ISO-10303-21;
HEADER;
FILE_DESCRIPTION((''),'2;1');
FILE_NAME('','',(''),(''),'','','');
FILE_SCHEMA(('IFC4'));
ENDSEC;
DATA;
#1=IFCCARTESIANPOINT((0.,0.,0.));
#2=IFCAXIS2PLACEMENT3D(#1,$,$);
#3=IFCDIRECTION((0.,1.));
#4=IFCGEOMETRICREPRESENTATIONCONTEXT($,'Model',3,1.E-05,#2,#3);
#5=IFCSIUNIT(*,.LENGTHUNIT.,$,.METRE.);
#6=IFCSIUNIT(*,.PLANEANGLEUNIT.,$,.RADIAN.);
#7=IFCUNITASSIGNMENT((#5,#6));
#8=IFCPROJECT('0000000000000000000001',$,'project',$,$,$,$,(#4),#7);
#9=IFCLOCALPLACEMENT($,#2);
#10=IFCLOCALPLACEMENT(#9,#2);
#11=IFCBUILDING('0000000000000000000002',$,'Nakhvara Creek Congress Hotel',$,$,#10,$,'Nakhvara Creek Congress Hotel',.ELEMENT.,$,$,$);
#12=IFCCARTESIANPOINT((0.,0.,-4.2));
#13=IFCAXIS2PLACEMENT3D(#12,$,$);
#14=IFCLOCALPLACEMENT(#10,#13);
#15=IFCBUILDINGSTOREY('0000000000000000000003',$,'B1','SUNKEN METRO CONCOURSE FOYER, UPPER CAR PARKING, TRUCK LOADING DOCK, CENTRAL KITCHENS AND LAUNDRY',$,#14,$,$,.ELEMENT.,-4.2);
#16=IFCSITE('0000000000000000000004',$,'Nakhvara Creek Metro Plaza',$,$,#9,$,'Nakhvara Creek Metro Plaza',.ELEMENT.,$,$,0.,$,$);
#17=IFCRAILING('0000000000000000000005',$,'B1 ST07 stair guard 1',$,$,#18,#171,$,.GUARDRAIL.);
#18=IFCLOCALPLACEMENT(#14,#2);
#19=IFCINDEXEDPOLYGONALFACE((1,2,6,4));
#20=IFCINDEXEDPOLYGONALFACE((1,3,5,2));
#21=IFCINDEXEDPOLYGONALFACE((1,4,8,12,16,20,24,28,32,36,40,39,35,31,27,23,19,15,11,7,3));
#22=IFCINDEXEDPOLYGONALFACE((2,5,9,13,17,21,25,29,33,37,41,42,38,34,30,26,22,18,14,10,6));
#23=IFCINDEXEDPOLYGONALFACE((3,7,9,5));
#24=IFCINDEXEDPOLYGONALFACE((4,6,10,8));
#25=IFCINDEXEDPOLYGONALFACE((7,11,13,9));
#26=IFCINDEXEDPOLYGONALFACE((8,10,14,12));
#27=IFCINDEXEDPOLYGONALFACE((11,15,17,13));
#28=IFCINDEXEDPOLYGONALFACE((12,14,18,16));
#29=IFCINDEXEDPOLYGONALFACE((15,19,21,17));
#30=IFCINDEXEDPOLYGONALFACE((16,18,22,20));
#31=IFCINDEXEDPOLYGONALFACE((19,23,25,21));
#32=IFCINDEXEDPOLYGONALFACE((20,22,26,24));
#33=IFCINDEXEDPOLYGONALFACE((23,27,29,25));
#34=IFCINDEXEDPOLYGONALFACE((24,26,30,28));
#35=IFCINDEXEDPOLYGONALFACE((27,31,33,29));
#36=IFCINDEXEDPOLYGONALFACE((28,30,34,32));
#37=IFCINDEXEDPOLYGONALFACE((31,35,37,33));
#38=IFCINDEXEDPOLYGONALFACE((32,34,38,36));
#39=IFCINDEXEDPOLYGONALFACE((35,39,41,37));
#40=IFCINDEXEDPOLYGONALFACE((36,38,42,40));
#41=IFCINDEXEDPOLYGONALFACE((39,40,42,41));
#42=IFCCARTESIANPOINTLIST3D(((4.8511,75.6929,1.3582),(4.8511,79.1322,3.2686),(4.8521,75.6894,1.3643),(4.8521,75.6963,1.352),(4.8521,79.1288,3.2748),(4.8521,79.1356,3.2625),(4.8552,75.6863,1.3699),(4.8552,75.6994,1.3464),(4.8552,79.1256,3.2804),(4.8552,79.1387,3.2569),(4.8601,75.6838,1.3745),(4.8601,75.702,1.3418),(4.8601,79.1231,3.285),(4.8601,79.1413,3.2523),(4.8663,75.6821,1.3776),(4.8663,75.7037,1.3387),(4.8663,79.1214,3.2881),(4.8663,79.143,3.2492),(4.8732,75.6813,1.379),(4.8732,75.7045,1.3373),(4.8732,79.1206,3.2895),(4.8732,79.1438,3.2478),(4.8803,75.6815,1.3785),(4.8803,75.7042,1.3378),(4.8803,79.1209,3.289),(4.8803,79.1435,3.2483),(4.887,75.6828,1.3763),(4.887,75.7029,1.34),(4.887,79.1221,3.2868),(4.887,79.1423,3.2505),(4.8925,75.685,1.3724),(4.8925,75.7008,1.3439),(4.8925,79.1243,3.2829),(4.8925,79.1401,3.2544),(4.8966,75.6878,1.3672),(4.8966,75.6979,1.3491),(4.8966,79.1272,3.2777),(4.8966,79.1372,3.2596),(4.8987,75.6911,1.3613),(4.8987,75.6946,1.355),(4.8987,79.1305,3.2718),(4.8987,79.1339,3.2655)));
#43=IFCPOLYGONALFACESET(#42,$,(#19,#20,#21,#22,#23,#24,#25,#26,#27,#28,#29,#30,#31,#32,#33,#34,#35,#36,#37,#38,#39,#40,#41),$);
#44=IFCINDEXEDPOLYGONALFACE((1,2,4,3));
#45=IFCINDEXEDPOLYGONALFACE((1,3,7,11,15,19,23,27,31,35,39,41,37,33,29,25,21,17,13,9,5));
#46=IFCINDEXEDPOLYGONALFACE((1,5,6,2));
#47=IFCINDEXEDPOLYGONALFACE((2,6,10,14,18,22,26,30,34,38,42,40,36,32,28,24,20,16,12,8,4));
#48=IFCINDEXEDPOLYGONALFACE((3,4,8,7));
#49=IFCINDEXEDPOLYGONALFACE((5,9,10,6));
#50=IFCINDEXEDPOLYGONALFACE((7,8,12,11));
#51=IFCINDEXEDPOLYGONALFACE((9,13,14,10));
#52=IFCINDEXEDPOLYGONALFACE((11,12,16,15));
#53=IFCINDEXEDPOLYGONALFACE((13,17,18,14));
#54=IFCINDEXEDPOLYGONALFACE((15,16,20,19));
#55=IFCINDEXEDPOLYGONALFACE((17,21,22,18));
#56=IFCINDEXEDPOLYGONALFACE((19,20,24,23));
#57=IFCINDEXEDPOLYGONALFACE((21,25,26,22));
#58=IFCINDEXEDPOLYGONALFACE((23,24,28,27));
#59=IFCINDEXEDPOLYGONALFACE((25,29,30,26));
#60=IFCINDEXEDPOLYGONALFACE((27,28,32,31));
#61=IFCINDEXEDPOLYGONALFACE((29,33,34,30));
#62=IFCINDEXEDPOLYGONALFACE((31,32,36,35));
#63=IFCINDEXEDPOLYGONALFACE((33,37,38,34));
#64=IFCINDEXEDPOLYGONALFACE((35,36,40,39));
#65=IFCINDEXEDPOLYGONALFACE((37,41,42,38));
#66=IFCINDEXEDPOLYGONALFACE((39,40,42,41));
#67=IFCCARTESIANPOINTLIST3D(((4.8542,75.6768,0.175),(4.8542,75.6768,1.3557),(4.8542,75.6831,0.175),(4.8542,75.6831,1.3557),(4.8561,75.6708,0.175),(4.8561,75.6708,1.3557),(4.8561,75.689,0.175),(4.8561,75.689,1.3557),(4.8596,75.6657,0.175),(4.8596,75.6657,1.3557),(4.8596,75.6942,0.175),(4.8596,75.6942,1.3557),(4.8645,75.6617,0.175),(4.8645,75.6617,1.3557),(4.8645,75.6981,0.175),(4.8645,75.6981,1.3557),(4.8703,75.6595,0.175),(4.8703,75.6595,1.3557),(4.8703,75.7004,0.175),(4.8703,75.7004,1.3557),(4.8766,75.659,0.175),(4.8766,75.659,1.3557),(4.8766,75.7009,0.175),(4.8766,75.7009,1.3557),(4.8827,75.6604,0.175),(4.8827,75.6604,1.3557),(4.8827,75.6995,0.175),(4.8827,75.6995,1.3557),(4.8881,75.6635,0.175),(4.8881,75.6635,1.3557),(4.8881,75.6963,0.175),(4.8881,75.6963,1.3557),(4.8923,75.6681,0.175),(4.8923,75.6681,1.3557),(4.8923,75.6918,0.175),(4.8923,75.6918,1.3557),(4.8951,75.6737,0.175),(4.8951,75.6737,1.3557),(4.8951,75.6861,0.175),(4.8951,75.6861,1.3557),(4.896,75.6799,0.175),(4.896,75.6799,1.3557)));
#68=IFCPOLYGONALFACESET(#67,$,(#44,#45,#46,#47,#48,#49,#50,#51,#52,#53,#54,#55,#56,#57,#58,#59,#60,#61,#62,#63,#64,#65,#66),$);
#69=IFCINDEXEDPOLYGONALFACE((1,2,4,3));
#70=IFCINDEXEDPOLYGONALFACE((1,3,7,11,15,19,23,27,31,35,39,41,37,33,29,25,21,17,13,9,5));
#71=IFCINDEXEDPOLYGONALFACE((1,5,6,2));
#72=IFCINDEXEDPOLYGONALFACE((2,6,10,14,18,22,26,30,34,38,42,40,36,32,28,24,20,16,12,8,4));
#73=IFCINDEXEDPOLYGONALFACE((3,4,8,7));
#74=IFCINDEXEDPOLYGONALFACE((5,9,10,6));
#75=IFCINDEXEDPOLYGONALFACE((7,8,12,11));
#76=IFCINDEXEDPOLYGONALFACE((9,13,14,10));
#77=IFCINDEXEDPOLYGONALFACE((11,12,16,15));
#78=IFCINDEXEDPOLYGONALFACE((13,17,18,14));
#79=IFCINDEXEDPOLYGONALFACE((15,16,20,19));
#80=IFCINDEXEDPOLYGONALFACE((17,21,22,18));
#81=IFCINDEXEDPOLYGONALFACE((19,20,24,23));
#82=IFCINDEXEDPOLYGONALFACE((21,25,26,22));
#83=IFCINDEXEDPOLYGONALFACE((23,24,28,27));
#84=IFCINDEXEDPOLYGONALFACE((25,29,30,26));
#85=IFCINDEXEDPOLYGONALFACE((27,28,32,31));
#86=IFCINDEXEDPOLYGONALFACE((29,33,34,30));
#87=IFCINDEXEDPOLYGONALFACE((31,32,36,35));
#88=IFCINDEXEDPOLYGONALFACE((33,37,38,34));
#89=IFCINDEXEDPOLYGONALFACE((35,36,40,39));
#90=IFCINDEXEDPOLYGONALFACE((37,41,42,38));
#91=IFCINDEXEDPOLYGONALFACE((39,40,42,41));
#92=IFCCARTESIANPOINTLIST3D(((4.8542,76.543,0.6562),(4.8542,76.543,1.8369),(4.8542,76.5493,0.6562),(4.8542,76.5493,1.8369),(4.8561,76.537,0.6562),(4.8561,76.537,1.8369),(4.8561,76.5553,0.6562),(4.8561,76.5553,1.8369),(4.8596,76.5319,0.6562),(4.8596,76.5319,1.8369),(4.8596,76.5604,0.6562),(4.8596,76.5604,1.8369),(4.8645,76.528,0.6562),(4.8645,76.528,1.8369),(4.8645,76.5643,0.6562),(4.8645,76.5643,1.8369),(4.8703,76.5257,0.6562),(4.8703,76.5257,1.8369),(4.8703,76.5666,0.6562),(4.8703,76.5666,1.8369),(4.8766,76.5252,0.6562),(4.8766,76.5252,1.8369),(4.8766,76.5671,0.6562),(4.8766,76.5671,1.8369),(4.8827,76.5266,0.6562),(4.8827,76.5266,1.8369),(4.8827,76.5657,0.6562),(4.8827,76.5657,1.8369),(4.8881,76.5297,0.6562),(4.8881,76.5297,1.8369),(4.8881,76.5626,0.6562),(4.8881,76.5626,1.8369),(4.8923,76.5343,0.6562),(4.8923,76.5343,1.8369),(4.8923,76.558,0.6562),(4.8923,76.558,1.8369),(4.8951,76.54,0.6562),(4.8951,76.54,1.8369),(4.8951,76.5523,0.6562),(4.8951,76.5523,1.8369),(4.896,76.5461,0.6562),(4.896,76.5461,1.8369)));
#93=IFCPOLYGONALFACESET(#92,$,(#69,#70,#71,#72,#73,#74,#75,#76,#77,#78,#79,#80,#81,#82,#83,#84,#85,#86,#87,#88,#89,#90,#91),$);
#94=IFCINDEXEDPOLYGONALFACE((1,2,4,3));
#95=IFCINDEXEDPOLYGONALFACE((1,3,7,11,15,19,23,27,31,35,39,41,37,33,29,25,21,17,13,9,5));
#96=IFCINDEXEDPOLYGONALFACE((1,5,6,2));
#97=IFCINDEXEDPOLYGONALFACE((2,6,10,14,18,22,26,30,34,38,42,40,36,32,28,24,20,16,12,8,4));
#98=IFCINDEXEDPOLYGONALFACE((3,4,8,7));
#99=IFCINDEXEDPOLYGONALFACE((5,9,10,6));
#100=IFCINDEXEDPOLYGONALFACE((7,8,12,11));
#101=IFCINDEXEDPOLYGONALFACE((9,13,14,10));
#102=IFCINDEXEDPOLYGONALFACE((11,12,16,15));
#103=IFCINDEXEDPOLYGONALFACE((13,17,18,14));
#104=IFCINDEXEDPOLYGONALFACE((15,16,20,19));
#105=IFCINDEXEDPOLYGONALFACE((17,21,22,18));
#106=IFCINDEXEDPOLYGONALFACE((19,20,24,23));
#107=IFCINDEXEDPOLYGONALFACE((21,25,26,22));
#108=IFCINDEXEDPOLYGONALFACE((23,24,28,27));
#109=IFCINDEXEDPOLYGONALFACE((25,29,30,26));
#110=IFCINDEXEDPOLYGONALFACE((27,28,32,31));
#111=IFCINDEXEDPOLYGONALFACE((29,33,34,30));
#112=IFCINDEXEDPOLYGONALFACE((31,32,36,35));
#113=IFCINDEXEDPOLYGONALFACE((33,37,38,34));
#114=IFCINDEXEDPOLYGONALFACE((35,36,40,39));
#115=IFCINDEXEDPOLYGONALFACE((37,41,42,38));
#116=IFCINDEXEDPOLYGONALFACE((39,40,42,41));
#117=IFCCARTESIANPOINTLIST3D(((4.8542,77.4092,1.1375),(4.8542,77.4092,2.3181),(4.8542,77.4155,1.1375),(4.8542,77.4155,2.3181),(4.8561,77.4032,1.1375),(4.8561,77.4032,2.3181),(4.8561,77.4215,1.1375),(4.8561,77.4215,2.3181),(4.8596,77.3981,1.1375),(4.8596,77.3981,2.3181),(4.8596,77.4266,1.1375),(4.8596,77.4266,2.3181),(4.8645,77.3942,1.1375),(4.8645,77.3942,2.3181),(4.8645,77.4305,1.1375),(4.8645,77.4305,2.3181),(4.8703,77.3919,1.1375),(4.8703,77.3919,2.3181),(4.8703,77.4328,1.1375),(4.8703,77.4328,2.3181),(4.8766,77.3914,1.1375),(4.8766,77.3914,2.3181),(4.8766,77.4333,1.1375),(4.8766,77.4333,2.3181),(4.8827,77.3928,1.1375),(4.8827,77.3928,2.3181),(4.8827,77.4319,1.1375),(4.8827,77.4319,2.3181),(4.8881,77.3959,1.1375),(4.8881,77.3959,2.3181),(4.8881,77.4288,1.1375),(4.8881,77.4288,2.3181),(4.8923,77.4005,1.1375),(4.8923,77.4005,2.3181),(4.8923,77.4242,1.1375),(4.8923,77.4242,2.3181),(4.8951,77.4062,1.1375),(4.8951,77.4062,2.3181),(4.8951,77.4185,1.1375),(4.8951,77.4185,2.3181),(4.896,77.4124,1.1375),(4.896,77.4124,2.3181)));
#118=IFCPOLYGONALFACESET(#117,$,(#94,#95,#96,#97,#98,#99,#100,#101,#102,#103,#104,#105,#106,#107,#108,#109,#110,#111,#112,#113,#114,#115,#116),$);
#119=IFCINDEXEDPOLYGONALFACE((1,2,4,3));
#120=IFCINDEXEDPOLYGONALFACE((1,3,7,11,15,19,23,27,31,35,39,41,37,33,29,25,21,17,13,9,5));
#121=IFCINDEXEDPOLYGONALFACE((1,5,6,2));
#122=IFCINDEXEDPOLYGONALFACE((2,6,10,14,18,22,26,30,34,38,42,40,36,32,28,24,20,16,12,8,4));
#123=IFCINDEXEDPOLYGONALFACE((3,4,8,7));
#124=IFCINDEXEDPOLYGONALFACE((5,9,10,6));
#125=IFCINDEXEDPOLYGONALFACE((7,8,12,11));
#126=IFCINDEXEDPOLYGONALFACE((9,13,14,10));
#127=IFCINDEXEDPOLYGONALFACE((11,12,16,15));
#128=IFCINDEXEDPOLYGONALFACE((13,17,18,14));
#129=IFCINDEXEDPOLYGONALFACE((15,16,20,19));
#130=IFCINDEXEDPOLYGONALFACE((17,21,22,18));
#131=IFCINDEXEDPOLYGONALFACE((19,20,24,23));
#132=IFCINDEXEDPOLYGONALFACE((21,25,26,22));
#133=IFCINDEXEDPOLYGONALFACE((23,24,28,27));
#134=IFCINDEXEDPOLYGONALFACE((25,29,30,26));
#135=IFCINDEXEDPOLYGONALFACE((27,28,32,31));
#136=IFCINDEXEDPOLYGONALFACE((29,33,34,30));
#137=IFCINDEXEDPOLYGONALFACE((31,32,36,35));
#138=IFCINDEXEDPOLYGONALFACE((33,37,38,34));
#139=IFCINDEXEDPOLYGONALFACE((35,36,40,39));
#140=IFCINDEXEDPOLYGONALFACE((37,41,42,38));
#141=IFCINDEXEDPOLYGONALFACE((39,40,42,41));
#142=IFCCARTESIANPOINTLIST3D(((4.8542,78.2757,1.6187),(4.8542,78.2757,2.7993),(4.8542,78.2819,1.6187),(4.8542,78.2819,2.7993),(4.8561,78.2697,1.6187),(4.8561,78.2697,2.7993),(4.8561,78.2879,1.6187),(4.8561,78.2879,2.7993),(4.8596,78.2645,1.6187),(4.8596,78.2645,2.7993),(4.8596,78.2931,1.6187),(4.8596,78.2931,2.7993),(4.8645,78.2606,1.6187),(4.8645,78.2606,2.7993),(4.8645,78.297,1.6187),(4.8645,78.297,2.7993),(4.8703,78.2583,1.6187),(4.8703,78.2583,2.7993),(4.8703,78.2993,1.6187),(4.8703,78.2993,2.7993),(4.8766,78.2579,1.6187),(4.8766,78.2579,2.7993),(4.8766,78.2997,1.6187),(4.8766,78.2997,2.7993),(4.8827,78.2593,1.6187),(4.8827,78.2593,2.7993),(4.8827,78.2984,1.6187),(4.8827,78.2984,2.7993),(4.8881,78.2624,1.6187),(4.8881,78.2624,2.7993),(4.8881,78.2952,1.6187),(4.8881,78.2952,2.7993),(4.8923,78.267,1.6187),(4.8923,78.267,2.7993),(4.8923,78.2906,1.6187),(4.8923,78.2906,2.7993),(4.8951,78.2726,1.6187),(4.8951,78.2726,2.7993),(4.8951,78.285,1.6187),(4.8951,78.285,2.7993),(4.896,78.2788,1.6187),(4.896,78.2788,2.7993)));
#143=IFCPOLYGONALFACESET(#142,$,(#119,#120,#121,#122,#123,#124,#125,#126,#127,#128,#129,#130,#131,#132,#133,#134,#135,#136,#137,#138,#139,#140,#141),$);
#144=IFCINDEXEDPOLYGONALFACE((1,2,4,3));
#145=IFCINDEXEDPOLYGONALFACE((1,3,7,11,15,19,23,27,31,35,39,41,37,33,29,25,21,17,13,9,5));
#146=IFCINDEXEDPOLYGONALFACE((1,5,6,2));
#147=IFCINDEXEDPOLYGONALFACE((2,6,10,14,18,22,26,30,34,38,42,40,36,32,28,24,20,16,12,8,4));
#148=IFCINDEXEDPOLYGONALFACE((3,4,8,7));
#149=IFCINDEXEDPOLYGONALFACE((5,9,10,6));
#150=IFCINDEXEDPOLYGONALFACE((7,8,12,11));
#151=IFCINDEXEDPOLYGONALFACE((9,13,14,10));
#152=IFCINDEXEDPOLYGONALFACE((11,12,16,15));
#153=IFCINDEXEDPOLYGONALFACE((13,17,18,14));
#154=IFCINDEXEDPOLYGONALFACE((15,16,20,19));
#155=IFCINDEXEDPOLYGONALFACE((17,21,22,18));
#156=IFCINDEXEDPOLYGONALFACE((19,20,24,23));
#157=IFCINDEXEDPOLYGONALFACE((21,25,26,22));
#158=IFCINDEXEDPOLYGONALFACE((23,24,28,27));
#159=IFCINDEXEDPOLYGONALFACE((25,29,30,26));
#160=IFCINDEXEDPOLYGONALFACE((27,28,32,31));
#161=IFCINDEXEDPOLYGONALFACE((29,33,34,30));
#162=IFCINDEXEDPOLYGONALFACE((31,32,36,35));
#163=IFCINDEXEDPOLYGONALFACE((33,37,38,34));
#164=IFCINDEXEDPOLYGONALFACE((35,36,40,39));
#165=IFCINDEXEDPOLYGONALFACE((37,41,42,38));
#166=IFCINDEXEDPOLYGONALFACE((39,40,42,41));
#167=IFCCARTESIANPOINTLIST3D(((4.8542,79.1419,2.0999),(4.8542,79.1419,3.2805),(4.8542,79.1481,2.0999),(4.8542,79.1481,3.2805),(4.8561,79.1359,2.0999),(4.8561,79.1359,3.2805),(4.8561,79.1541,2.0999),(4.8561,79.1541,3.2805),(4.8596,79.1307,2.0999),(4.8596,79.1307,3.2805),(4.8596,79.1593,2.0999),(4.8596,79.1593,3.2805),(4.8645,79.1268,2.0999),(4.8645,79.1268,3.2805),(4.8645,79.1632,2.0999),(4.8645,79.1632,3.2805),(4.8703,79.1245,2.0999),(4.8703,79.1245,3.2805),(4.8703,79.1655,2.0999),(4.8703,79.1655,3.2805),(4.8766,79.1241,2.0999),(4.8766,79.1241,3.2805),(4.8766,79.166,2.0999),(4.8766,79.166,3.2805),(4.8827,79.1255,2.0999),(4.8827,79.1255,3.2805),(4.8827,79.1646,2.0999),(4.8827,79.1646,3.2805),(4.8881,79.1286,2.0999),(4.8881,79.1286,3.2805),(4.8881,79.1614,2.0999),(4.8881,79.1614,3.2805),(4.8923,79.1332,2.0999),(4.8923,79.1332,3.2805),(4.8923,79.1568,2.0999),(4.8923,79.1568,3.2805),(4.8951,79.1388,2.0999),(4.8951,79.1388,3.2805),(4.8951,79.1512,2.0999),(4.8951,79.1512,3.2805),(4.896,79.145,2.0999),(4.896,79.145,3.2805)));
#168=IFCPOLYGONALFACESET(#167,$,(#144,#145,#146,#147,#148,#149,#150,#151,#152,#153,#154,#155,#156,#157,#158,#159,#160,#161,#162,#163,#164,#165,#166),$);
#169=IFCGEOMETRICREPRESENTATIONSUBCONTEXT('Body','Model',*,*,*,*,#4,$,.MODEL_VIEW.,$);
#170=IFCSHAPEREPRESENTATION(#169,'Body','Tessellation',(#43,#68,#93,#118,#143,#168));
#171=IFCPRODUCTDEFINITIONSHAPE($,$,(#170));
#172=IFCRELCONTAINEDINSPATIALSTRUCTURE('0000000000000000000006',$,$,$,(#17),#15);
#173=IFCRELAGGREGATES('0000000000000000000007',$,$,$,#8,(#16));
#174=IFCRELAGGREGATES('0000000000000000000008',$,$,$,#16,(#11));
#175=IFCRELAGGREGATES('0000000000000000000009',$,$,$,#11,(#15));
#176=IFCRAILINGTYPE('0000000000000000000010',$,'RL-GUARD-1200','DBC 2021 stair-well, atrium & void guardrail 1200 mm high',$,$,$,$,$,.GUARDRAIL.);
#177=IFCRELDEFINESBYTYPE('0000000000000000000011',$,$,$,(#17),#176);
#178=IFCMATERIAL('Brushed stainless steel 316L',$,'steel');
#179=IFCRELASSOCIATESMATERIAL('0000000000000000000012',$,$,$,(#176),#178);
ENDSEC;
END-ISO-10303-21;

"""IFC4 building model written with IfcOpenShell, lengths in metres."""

from ifc_helpers import new_model, si_unit, direction, frame, origin, origin_2d, place, context, subcontext, project, spatial, circle, extrude, material, type_object, element, save


model = new_model("IFC4")

# Units and contexts
model_context = context("Model", 3, precision=1e-05, world=origin(), true_north=direction((0.0, 1.0)))
body_context = subcontext(model_context, "Body", "Model", "MODEL_VIEW")
ifc_project = project(units=[si_unit("LENGTHUNIT", "METRE"), si_unit("PLANEANGLEUNIT", "RADIAN")], contexts=[model_context])

# Site, building, storey
site_placement = place(None, origin())
site = spatial("IfcSite", under=ifc_project, at=site_placement, Name="Nakhvara Creek Metro Plaza", LongName="Nakhvara Creek Metro Plaza", CompositionType="ELEMENT", RefElevation=0.0)
building_placement = place(site_placement, origin())
building = spatial("IfcBuilding", under=site, at=building_placement, Name="Nakhvara Creek Congress Hotel", LongName="Nakhvara Creek Congress Hotel", CompositionType="ELEMENT")
storey_placement = place(building_placement, frame((0.0, 0.0, -4.2)))
storey = spatial("IfcBuildingStorey", under=building, at=storey_placement, Name="B1", Description="SUNKEN METRO CONCOURSE FOYER, UPPER CAR PARKING, TRUCK LOADING DOCK, CENTRAL KITCHENS AND LAUNDRY", CompositionType="ELEMENT", Elevation=-4.2)

# Railing
ifc_material_1 = material(Name="Brushed stainless steel 316L", Category="steel")
railing_type_1 = type_object("IfcRailingType", Name="RL-GUARD-1200", Description="DBC 2021 stair-well, atrium & void guardrail 1200 mm high", PredefinedType="GUARDRAIL", material=ifc_material_1)
railing_1_placement = place(storey_placement, frame((4.875, 75.6799, 0.175)))
element("IfcRailing", 1, at=railing_1_placement, inside=storey, type_object=railing_type_1, Name="B1 ST07 stair guard 1", PredefinedType="GUARDRAIL", context=body_context, shape_type="SweptSolid", body=[
    extrude(circle(Radius=0.0239, at=origin_2d()), frame((0.0, 0.0129, 1.1831), z_axis=(0.0, 0.874183, 0.485596), x_axis=(-1.0, 0.0, 0.0)), (0.0, 0.0, 1.0), 3.9343),
    extrude(circle(Radius=0.021, at=origin_2d()), origin(), (0.0, 0.0, 1.0), 1.1807),
    extrude(circle(Radius=0.021, at=origin_2d()), frame((0.0, 0.8662, 0.4812)), (0.0, 0.0, 1.0), 1.1807),
    extrude(circle(Radius=0.021, at=origin_2d()), frame((0.0, 1.7324, 0.9624)), (0.0, 0.0, 1.0), 1.1807),
    extrude(circle(Radius=0.021, at=origin_2d()), frame((0.0, 2.5989, 1.4436)), (0.0, 0.0, 1.0), 1.1807),
    extrude(circle(Radius=0.021, at=origin_2d()), frame((0.0, 3.4651, 1.9248)), (0.0, 0.0, 1.0), 1.1807),
])

save(model, "model.ifc")
